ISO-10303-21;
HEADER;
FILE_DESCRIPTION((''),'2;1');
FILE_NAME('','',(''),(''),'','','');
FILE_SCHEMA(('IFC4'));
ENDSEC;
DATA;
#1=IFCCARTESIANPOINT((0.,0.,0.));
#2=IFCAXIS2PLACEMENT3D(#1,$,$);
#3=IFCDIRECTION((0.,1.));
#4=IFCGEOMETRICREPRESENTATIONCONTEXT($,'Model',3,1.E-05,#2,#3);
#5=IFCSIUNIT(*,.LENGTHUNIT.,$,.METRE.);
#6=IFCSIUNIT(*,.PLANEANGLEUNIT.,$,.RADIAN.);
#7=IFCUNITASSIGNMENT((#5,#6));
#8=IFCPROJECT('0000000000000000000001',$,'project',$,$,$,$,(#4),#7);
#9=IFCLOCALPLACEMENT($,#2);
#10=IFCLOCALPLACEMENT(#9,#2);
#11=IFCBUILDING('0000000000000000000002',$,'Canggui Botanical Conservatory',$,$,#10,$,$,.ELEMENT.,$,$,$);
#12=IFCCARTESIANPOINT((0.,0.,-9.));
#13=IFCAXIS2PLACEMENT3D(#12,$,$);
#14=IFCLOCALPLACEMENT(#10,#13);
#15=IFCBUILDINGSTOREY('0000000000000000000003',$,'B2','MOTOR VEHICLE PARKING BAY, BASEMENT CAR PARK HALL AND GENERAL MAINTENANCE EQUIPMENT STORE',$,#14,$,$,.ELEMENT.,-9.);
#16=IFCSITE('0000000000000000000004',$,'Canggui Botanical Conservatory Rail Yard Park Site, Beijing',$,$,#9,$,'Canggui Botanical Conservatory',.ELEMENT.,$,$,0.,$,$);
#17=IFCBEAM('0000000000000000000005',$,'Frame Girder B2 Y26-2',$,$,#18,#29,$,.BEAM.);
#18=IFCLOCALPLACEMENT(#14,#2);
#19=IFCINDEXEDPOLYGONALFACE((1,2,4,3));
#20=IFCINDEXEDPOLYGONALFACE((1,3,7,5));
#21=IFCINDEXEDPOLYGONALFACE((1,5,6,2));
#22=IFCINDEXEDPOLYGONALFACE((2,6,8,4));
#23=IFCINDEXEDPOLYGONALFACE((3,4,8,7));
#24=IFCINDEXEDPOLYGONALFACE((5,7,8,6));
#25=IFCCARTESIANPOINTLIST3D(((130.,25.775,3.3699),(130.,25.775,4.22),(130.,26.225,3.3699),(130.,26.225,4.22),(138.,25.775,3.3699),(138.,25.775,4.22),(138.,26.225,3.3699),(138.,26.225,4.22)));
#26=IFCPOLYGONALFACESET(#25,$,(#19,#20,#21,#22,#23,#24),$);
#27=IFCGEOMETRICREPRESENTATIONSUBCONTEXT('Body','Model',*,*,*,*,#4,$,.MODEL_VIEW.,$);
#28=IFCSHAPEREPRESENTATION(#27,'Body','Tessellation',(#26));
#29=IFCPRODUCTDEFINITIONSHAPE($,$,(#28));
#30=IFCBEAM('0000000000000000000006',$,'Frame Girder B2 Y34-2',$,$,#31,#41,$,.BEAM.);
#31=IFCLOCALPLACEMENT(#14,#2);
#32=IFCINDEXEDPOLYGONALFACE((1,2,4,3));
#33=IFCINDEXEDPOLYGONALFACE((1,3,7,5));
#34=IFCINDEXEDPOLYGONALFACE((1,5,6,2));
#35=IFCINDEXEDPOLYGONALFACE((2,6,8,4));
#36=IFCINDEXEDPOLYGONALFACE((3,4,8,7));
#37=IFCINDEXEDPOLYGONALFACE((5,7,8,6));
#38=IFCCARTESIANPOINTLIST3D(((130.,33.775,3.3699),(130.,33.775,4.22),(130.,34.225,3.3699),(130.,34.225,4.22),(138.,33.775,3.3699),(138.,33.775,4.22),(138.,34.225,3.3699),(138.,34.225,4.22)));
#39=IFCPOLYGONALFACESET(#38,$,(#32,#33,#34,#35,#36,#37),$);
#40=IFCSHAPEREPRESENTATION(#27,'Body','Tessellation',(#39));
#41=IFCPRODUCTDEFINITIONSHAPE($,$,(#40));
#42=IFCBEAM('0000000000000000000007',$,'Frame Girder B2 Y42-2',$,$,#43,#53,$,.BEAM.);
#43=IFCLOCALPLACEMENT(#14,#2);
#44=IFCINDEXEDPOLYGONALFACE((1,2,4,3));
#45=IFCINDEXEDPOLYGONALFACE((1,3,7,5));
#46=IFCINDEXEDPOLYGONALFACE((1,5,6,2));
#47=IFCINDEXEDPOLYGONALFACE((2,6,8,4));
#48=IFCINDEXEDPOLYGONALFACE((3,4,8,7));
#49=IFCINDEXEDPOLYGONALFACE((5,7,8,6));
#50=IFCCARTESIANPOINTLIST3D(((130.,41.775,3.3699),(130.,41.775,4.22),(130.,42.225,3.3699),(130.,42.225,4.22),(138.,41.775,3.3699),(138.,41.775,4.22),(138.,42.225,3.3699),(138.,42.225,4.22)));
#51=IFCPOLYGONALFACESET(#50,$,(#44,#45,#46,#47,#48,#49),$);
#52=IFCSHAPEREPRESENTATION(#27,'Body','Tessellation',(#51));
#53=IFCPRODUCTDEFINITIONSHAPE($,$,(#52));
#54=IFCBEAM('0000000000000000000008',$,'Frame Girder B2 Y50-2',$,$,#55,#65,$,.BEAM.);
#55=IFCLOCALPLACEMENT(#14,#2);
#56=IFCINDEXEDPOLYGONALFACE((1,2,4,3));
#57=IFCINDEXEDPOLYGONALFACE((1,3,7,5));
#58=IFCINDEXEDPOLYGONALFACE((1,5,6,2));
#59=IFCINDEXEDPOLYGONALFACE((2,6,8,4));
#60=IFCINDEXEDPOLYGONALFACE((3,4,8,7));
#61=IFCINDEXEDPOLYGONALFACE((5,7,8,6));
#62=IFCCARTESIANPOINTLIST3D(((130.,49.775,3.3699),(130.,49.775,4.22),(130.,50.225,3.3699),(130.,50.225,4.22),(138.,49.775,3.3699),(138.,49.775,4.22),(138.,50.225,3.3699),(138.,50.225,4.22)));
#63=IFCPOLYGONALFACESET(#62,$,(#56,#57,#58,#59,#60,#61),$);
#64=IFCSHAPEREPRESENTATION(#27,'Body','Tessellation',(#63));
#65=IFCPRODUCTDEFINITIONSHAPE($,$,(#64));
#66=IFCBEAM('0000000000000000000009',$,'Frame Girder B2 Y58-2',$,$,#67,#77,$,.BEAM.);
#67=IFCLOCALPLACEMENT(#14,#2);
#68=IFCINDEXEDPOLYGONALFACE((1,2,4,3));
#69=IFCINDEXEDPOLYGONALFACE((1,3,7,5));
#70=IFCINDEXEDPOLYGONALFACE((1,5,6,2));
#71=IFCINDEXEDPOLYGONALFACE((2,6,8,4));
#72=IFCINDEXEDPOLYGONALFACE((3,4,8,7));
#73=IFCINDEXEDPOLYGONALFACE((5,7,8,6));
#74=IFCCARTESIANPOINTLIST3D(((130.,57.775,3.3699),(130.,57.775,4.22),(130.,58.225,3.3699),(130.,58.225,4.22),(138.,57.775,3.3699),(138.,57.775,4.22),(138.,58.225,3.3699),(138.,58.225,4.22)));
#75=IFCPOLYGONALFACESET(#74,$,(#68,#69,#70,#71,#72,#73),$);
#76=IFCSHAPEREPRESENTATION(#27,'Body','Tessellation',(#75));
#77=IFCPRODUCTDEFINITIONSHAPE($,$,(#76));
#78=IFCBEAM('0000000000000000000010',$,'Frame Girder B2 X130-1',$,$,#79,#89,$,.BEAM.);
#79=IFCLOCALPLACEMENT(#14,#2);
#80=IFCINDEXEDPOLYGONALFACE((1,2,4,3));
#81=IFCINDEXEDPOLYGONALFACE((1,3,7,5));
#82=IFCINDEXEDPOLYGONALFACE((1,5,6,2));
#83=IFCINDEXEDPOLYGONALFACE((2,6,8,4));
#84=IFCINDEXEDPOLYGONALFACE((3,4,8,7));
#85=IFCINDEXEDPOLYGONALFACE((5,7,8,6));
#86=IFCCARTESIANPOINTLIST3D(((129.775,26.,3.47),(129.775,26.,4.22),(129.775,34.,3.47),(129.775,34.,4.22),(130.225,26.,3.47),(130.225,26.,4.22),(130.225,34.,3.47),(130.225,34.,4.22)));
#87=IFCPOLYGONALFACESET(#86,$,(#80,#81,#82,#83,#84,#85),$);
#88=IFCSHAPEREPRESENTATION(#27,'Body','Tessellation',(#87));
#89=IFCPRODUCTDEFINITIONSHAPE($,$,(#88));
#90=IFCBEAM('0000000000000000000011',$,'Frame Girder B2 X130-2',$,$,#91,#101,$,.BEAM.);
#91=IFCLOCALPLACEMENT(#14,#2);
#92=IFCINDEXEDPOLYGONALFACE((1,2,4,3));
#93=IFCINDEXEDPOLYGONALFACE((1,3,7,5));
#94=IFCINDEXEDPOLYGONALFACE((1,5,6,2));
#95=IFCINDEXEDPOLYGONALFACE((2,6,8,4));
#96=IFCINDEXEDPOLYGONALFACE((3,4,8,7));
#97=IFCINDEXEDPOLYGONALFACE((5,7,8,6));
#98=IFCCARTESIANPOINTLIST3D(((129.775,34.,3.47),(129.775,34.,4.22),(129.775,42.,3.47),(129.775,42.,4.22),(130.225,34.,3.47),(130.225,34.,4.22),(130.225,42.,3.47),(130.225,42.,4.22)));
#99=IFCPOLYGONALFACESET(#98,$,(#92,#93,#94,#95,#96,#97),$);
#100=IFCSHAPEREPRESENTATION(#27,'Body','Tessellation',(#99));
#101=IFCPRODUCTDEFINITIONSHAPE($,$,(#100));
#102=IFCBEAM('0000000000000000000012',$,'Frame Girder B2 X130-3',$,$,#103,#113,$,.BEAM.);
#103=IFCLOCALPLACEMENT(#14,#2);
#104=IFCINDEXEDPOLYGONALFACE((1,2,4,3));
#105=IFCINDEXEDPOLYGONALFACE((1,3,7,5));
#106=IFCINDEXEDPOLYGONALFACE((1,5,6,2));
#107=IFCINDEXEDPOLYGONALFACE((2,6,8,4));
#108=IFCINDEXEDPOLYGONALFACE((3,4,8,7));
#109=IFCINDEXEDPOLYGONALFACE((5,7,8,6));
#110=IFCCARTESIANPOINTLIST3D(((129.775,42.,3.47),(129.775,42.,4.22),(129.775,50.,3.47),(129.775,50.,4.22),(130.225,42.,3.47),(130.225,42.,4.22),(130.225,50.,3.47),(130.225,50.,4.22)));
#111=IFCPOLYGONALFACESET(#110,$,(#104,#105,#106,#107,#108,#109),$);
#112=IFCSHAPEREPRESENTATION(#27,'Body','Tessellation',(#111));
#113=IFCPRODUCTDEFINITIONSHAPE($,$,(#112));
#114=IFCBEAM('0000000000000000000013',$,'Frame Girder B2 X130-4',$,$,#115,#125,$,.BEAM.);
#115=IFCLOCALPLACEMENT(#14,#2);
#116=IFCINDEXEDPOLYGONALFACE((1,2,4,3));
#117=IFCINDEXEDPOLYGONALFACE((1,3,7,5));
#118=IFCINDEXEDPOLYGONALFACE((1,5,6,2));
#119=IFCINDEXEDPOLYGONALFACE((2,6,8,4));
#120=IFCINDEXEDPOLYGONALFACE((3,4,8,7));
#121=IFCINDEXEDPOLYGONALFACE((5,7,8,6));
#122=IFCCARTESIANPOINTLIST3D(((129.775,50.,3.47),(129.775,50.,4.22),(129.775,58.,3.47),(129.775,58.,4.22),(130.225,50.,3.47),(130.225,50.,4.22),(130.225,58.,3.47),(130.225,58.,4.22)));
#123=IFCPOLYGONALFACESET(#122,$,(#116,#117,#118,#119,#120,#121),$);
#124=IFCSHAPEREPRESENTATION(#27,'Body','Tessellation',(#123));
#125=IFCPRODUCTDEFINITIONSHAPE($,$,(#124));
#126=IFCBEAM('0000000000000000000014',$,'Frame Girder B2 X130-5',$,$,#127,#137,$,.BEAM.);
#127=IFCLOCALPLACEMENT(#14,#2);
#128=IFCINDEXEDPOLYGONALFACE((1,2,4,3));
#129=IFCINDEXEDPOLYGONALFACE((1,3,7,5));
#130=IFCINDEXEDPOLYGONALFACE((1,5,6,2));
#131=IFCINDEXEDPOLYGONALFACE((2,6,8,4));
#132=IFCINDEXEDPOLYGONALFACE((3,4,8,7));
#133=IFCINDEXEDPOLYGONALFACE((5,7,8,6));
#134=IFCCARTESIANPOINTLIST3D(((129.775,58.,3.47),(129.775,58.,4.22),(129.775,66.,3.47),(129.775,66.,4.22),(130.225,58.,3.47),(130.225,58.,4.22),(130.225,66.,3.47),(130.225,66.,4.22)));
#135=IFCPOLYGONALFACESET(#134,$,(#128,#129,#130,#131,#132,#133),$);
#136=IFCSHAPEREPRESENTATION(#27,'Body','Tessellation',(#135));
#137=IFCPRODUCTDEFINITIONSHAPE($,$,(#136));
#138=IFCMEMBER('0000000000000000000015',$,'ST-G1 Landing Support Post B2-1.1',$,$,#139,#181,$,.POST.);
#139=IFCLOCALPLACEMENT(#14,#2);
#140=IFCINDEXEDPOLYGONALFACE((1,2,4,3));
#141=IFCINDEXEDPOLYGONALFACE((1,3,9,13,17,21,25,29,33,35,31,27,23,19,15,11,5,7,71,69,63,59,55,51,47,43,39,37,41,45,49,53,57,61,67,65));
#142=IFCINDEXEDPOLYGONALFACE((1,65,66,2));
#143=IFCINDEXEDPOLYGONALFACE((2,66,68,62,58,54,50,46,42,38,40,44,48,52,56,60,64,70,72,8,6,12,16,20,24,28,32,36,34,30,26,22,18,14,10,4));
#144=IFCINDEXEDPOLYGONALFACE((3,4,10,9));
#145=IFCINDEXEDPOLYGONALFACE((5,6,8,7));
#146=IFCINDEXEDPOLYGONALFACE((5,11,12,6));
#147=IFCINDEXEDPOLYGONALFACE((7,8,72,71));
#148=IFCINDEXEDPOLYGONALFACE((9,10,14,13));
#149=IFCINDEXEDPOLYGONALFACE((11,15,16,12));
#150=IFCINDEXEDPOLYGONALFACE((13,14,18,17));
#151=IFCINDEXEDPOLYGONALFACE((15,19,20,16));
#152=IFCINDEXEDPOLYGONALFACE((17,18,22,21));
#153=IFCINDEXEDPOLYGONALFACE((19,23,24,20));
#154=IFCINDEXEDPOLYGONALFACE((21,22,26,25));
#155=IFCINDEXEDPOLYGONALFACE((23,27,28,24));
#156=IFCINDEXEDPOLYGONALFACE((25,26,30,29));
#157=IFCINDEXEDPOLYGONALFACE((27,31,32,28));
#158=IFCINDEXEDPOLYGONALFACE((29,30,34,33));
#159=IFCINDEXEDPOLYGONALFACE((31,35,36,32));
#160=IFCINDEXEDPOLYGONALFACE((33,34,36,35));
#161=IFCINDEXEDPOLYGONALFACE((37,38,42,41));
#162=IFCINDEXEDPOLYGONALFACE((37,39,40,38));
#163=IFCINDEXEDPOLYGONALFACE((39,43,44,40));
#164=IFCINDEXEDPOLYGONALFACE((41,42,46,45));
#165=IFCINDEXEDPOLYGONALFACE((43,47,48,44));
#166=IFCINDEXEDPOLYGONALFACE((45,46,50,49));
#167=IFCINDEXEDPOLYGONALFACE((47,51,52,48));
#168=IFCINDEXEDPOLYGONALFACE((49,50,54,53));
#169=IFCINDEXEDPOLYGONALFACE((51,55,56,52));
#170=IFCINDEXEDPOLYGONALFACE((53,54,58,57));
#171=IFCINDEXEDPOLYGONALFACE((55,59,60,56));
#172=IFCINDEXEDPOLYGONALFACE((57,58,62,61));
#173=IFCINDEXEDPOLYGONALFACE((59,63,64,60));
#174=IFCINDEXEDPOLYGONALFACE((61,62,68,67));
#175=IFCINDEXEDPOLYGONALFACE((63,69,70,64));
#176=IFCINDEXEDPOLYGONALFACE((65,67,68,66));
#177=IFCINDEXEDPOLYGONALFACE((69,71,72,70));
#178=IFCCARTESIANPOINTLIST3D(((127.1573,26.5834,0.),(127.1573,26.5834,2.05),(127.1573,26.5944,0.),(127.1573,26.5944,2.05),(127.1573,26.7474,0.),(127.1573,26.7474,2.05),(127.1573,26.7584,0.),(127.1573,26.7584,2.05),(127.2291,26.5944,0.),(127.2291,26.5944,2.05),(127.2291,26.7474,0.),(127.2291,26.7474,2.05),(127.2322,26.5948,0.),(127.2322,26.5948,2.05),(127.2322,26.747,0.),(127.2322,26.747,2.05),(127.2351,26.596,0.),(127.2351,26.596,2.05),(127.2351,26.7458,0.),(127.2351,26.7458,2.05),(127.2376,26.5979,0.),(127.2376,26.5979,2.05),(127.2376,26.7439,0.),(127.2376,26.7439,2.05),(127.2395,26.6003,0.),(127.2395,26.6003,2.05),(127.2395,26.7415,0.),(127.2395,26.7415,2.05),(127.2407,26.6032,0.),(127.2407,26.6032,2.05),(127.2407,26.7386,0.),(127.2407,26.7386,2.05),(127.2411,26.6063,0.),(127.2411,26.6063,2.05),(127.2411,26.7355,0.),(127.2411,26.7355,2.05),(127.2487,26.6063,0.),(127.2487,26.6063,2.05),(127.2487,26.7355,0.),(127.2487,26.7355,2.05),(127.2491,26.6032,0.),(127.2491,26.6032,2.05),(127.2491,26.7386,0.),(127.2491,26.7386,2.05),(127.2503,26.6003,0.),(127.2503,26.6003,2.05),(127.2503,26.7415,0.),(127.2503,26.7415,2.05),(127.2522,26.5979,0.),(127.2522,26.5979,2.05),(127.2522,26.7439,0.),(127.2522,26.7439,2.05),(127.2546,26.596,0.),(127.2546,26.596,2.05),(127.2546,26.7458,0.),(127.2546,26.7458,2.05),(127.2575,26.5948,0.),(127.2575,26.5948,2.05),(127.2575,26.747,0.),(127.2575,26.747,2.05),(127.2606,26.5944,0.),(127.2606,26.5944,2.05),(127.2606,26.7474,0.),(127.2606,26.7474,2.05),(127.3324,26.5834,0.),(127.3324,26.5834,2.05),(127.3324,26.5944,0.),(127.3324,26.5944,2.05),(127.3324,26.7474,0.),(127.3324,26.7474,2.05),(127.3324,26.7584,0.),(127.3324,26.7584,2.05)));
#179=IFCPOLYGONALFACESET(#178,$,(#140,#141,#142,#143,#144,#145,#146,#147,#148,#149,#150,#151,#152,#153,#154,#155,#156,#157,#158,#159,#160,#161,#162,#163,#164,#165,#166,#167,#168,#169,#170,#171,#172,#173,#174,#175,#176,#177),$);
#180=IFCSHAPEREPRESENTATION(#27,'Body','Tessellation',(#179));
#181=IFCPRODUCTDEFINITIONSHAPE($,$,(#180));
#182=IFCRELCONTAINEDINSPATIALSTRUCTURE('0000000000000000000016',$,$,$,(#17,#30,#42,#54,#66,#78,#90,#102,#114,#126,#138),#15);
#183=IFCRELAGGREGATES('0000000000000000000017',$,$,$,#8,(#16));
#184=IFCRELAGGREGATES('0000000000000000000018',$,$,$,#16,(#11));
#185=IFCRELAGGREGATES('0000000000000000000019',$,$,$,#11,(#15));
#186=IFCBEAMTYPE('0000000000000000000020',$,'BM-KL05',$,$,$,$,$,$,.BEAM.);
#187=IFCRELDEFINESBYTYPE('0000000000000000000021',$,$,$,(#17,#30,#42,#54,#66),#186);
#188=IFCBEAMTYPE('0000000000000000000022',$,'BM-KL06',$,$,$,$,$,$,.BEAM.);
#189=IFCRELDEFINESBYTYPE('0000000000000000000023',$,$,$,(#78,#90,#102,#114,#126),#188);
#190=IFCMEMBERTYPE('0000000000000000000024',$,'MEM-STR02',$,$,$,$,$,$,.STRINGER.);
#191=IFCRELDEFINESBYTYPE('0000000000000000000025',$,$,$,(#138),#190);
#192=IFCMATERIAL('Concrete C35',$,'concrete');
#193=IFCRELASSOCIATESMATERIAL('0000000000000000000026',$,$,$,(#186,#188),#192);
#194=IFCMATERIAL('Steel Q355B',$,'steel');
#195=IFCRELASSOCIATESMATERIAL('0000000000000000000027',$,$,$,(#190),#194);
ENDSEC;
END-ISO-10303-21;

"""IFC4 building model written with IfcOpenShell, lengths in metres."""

from ifc_helpers import new_model, si_unit, direction, frame, origin, origin_2d, place, context, subcontext, project, spatial, rectangle, i_section, extrude, material, material_profile, profile_set, type_object, element, save


model = new_model("IFC4")

# Units and contexts
model_context = context("Model", 3, precision=1e-05, world=origin(), true_north=direction((0.0, 1.0)))
body_context = subcontext(model_context, "Body", "Model", "MODEL_VIEW")
ifc_project = project(units=[si_unit("LENGTHUNIT", "METRE"), si_unit("PLANEANGLEUNIT", "RADIAN")], contexts=[model_context])

# Site, building, storey
site_placement = place(None, origin())
site = spatial("IfcSite", under=ifc_project, at=site_placement, Name="Canggui Botanical Conservatory Rail Yard Park Site, Beijing", LongName="Canggui Botanical Conservatory", CompositionType="ELEMENT", RefElevation=0.0)
building_placement = place(site_placement, origin())
building = spatial("IfcBuilding", under=site, at=building_placement, Name="Canggui Botanical Conservatory", CompositionType="ELEMENT")
storey_placement = place(building_placement, frame((0.0, 0.0, -9.0)))
storey = spatial("IfcBuildingStorey", under=building, at=storey_placement, Name="B2", Description="MOTOR VEHICLE PARKING BAY, BASEMENT CAR PARK HALL AND GENERAL MAINTENANCE EQUIPMENT STORE", CompositionType="ELEMENT", Elevation=-9.0)

# Shared definitions
ifc_material_1 = material(Name="Concrete C35", Category="concrete")

# Beams
ifc_material_profile_1 = material_profile(ifc_material_1, rectangle(XDim=0.45, YDim=0.8501, at=origin_2d()), Name="RB 450x850")
ifc_profile_set_1 = profile_set([ifc_material_profile_1], Name="Concrete C35")
beam_type_1 = type_object("IfcBeamType", Name="BM-KL05", PredefinedType="BEAM", material=ifc_profile_set_1)
for number, where, z_axis, x_axis, name in (
    (1, (130.0, 26.0, 3.7949), (1.0, 0.0, 0.0), (0.0, 1.0, 0.0), "Frame Girder B2 Y26-2"),
    (2, (130.0, 34.0, 3.7949), (1.0, 0.0, 0.0), (0.0, 1.0, 0.0), "Frame Girder B2 Y34-2"),
    (3, (130.0, 42.0, 3.7949), (1.0, 0.0, 0.0), (0.0, 1.0, 0.0), "Frame Girder B2 Y42-2"),
    (4, (130.0, 50.0, 3.7949), (1.0, 0.0, 0.0), (0.0, 1.0, 0.0), "Frame Girder B2 Y50-2"),
    (5, (130.0, 58.0, 3.7949), (1.0, 0.0, 0.0), (0.0, 1.0, 0.0), "Frame Girder B2 Y58-2"),
):
    element("IfcBeam", number, at=place(storey_placement, frame(where, z_axis=z_axis, x_axis=x_axis)), inside=storey, type_object=beam_type_1, Name=name, PredefinedType="BEAM", context=body_context, shape_type="SweptSolid", body=[
        extrude(rectangle(XDim=0.45, YDim=0.8501, at=origin_2d()), origin(), (0.0, 0.0, 1.0), 8.0),
    ])
ifc_material_profile_2 = material_profile(ifc_material_1, rectangle(XDim=0.45, YDim=0.75, at=origin_2d()), Name="RB 450x750")
ifc_profile_set_2 = profile_set([ifc_material_profile_2], Name="Concrete C35")
beam_type_2 = type_object("IfcBeamType", Name="BM-KL06", PredefinedType="BEAM", material=ifc_profile_set_2)
for number, where, z_axis, x_axis, name in (
    (6, (130.0, 26.0, 3.845), (0.0, 1.0, 0.0), (-1.0, 0.0, 0.0), "Frame Girder B2 X130-1"),
    (7, (130.0, 34.0, 3.845), (0.0, 1.0, 0.0), (-1.0, 0.0, 0.0), "Frame Girder B2 X130-2"),
    (8, (130.0, 42.0, 3.845), (0.0, 1.0, 0.0), (-1.0, 0.0, 0.0), "Frame Girder B2 X130-3"),
    (9, (130.0, 50.0, 3.845), (0.0, 1.0, 0.0), (-1.0, 0.0, 0.0), "Frame Girder B2 X130-4"),
    (10, (130.0, 58.0, 3.845), (0.0, 1.0, 0.0), (-1.0, 0.0, 0.0), "Frame Girder B2 X130-5"),
):
    element("IfcBeam", number, at=place(storey_placement, frame(where, z_axis=z_axis, x_axis=x_axis)), inside=storey, type_object=beam_type_2, Name=name, PredefinedType="BEAM", context=body_context, shape_type="SweptSolid", body=[
        extrude(rectangle(XDim=0.45, YDim=0.75, at=origin_2d()), origin(), (0.0, 0.0, 1.0), 8.0),
    ])

# Member
ifc_material_2 = material(Name="Steel Q355B", Category="steel")
ifc_material_profile_3 = material_profile(ifc_material_2, i_section(OverallWidth=0.175, OverallDepth=0.175, WebThickness=0.0076, FlangeThickness=0.011, FilletRadius=0.012, at=origin_2d()), Name="HW 175x175x7.5x11")
ifc_profile_set_3 = profile_set([ifc_material_profile_3], Name="Steel Q355B")
member_type = type_object("IfcMemberType", Name="MEM-STR02", PredefinedType="STRINGER", material=ifc_profile_set_3)
for number, where, z_axis, x_axis, name in (
    (11, (127.2449, 26.6709, 0.0), (0.0, 0.0, 1.0), (1.0, 0.0, 0.0), "ST-G1 Landing Support Post B2-1.1"),
):
    element("IfcMember", number, at=place(storey_placement, frame(where, z_axis=z_axis, x_axis=x_axis)), inside=storey, type_object=member_type, Name=name, PredefinedType="POST", context=body_context, shape_type="SweptSolid", body=[
        extrude(i_section(OverallWidth=0.175, OverallDepth=0.175, WebThickness=0.0076, FlangeThickness=0.011, FilletRadius=0.012, at=origin_2d()), origin(), (0.0, 0.0, 1.0), 2.05),
    ])

save(model, "model.ifc")
